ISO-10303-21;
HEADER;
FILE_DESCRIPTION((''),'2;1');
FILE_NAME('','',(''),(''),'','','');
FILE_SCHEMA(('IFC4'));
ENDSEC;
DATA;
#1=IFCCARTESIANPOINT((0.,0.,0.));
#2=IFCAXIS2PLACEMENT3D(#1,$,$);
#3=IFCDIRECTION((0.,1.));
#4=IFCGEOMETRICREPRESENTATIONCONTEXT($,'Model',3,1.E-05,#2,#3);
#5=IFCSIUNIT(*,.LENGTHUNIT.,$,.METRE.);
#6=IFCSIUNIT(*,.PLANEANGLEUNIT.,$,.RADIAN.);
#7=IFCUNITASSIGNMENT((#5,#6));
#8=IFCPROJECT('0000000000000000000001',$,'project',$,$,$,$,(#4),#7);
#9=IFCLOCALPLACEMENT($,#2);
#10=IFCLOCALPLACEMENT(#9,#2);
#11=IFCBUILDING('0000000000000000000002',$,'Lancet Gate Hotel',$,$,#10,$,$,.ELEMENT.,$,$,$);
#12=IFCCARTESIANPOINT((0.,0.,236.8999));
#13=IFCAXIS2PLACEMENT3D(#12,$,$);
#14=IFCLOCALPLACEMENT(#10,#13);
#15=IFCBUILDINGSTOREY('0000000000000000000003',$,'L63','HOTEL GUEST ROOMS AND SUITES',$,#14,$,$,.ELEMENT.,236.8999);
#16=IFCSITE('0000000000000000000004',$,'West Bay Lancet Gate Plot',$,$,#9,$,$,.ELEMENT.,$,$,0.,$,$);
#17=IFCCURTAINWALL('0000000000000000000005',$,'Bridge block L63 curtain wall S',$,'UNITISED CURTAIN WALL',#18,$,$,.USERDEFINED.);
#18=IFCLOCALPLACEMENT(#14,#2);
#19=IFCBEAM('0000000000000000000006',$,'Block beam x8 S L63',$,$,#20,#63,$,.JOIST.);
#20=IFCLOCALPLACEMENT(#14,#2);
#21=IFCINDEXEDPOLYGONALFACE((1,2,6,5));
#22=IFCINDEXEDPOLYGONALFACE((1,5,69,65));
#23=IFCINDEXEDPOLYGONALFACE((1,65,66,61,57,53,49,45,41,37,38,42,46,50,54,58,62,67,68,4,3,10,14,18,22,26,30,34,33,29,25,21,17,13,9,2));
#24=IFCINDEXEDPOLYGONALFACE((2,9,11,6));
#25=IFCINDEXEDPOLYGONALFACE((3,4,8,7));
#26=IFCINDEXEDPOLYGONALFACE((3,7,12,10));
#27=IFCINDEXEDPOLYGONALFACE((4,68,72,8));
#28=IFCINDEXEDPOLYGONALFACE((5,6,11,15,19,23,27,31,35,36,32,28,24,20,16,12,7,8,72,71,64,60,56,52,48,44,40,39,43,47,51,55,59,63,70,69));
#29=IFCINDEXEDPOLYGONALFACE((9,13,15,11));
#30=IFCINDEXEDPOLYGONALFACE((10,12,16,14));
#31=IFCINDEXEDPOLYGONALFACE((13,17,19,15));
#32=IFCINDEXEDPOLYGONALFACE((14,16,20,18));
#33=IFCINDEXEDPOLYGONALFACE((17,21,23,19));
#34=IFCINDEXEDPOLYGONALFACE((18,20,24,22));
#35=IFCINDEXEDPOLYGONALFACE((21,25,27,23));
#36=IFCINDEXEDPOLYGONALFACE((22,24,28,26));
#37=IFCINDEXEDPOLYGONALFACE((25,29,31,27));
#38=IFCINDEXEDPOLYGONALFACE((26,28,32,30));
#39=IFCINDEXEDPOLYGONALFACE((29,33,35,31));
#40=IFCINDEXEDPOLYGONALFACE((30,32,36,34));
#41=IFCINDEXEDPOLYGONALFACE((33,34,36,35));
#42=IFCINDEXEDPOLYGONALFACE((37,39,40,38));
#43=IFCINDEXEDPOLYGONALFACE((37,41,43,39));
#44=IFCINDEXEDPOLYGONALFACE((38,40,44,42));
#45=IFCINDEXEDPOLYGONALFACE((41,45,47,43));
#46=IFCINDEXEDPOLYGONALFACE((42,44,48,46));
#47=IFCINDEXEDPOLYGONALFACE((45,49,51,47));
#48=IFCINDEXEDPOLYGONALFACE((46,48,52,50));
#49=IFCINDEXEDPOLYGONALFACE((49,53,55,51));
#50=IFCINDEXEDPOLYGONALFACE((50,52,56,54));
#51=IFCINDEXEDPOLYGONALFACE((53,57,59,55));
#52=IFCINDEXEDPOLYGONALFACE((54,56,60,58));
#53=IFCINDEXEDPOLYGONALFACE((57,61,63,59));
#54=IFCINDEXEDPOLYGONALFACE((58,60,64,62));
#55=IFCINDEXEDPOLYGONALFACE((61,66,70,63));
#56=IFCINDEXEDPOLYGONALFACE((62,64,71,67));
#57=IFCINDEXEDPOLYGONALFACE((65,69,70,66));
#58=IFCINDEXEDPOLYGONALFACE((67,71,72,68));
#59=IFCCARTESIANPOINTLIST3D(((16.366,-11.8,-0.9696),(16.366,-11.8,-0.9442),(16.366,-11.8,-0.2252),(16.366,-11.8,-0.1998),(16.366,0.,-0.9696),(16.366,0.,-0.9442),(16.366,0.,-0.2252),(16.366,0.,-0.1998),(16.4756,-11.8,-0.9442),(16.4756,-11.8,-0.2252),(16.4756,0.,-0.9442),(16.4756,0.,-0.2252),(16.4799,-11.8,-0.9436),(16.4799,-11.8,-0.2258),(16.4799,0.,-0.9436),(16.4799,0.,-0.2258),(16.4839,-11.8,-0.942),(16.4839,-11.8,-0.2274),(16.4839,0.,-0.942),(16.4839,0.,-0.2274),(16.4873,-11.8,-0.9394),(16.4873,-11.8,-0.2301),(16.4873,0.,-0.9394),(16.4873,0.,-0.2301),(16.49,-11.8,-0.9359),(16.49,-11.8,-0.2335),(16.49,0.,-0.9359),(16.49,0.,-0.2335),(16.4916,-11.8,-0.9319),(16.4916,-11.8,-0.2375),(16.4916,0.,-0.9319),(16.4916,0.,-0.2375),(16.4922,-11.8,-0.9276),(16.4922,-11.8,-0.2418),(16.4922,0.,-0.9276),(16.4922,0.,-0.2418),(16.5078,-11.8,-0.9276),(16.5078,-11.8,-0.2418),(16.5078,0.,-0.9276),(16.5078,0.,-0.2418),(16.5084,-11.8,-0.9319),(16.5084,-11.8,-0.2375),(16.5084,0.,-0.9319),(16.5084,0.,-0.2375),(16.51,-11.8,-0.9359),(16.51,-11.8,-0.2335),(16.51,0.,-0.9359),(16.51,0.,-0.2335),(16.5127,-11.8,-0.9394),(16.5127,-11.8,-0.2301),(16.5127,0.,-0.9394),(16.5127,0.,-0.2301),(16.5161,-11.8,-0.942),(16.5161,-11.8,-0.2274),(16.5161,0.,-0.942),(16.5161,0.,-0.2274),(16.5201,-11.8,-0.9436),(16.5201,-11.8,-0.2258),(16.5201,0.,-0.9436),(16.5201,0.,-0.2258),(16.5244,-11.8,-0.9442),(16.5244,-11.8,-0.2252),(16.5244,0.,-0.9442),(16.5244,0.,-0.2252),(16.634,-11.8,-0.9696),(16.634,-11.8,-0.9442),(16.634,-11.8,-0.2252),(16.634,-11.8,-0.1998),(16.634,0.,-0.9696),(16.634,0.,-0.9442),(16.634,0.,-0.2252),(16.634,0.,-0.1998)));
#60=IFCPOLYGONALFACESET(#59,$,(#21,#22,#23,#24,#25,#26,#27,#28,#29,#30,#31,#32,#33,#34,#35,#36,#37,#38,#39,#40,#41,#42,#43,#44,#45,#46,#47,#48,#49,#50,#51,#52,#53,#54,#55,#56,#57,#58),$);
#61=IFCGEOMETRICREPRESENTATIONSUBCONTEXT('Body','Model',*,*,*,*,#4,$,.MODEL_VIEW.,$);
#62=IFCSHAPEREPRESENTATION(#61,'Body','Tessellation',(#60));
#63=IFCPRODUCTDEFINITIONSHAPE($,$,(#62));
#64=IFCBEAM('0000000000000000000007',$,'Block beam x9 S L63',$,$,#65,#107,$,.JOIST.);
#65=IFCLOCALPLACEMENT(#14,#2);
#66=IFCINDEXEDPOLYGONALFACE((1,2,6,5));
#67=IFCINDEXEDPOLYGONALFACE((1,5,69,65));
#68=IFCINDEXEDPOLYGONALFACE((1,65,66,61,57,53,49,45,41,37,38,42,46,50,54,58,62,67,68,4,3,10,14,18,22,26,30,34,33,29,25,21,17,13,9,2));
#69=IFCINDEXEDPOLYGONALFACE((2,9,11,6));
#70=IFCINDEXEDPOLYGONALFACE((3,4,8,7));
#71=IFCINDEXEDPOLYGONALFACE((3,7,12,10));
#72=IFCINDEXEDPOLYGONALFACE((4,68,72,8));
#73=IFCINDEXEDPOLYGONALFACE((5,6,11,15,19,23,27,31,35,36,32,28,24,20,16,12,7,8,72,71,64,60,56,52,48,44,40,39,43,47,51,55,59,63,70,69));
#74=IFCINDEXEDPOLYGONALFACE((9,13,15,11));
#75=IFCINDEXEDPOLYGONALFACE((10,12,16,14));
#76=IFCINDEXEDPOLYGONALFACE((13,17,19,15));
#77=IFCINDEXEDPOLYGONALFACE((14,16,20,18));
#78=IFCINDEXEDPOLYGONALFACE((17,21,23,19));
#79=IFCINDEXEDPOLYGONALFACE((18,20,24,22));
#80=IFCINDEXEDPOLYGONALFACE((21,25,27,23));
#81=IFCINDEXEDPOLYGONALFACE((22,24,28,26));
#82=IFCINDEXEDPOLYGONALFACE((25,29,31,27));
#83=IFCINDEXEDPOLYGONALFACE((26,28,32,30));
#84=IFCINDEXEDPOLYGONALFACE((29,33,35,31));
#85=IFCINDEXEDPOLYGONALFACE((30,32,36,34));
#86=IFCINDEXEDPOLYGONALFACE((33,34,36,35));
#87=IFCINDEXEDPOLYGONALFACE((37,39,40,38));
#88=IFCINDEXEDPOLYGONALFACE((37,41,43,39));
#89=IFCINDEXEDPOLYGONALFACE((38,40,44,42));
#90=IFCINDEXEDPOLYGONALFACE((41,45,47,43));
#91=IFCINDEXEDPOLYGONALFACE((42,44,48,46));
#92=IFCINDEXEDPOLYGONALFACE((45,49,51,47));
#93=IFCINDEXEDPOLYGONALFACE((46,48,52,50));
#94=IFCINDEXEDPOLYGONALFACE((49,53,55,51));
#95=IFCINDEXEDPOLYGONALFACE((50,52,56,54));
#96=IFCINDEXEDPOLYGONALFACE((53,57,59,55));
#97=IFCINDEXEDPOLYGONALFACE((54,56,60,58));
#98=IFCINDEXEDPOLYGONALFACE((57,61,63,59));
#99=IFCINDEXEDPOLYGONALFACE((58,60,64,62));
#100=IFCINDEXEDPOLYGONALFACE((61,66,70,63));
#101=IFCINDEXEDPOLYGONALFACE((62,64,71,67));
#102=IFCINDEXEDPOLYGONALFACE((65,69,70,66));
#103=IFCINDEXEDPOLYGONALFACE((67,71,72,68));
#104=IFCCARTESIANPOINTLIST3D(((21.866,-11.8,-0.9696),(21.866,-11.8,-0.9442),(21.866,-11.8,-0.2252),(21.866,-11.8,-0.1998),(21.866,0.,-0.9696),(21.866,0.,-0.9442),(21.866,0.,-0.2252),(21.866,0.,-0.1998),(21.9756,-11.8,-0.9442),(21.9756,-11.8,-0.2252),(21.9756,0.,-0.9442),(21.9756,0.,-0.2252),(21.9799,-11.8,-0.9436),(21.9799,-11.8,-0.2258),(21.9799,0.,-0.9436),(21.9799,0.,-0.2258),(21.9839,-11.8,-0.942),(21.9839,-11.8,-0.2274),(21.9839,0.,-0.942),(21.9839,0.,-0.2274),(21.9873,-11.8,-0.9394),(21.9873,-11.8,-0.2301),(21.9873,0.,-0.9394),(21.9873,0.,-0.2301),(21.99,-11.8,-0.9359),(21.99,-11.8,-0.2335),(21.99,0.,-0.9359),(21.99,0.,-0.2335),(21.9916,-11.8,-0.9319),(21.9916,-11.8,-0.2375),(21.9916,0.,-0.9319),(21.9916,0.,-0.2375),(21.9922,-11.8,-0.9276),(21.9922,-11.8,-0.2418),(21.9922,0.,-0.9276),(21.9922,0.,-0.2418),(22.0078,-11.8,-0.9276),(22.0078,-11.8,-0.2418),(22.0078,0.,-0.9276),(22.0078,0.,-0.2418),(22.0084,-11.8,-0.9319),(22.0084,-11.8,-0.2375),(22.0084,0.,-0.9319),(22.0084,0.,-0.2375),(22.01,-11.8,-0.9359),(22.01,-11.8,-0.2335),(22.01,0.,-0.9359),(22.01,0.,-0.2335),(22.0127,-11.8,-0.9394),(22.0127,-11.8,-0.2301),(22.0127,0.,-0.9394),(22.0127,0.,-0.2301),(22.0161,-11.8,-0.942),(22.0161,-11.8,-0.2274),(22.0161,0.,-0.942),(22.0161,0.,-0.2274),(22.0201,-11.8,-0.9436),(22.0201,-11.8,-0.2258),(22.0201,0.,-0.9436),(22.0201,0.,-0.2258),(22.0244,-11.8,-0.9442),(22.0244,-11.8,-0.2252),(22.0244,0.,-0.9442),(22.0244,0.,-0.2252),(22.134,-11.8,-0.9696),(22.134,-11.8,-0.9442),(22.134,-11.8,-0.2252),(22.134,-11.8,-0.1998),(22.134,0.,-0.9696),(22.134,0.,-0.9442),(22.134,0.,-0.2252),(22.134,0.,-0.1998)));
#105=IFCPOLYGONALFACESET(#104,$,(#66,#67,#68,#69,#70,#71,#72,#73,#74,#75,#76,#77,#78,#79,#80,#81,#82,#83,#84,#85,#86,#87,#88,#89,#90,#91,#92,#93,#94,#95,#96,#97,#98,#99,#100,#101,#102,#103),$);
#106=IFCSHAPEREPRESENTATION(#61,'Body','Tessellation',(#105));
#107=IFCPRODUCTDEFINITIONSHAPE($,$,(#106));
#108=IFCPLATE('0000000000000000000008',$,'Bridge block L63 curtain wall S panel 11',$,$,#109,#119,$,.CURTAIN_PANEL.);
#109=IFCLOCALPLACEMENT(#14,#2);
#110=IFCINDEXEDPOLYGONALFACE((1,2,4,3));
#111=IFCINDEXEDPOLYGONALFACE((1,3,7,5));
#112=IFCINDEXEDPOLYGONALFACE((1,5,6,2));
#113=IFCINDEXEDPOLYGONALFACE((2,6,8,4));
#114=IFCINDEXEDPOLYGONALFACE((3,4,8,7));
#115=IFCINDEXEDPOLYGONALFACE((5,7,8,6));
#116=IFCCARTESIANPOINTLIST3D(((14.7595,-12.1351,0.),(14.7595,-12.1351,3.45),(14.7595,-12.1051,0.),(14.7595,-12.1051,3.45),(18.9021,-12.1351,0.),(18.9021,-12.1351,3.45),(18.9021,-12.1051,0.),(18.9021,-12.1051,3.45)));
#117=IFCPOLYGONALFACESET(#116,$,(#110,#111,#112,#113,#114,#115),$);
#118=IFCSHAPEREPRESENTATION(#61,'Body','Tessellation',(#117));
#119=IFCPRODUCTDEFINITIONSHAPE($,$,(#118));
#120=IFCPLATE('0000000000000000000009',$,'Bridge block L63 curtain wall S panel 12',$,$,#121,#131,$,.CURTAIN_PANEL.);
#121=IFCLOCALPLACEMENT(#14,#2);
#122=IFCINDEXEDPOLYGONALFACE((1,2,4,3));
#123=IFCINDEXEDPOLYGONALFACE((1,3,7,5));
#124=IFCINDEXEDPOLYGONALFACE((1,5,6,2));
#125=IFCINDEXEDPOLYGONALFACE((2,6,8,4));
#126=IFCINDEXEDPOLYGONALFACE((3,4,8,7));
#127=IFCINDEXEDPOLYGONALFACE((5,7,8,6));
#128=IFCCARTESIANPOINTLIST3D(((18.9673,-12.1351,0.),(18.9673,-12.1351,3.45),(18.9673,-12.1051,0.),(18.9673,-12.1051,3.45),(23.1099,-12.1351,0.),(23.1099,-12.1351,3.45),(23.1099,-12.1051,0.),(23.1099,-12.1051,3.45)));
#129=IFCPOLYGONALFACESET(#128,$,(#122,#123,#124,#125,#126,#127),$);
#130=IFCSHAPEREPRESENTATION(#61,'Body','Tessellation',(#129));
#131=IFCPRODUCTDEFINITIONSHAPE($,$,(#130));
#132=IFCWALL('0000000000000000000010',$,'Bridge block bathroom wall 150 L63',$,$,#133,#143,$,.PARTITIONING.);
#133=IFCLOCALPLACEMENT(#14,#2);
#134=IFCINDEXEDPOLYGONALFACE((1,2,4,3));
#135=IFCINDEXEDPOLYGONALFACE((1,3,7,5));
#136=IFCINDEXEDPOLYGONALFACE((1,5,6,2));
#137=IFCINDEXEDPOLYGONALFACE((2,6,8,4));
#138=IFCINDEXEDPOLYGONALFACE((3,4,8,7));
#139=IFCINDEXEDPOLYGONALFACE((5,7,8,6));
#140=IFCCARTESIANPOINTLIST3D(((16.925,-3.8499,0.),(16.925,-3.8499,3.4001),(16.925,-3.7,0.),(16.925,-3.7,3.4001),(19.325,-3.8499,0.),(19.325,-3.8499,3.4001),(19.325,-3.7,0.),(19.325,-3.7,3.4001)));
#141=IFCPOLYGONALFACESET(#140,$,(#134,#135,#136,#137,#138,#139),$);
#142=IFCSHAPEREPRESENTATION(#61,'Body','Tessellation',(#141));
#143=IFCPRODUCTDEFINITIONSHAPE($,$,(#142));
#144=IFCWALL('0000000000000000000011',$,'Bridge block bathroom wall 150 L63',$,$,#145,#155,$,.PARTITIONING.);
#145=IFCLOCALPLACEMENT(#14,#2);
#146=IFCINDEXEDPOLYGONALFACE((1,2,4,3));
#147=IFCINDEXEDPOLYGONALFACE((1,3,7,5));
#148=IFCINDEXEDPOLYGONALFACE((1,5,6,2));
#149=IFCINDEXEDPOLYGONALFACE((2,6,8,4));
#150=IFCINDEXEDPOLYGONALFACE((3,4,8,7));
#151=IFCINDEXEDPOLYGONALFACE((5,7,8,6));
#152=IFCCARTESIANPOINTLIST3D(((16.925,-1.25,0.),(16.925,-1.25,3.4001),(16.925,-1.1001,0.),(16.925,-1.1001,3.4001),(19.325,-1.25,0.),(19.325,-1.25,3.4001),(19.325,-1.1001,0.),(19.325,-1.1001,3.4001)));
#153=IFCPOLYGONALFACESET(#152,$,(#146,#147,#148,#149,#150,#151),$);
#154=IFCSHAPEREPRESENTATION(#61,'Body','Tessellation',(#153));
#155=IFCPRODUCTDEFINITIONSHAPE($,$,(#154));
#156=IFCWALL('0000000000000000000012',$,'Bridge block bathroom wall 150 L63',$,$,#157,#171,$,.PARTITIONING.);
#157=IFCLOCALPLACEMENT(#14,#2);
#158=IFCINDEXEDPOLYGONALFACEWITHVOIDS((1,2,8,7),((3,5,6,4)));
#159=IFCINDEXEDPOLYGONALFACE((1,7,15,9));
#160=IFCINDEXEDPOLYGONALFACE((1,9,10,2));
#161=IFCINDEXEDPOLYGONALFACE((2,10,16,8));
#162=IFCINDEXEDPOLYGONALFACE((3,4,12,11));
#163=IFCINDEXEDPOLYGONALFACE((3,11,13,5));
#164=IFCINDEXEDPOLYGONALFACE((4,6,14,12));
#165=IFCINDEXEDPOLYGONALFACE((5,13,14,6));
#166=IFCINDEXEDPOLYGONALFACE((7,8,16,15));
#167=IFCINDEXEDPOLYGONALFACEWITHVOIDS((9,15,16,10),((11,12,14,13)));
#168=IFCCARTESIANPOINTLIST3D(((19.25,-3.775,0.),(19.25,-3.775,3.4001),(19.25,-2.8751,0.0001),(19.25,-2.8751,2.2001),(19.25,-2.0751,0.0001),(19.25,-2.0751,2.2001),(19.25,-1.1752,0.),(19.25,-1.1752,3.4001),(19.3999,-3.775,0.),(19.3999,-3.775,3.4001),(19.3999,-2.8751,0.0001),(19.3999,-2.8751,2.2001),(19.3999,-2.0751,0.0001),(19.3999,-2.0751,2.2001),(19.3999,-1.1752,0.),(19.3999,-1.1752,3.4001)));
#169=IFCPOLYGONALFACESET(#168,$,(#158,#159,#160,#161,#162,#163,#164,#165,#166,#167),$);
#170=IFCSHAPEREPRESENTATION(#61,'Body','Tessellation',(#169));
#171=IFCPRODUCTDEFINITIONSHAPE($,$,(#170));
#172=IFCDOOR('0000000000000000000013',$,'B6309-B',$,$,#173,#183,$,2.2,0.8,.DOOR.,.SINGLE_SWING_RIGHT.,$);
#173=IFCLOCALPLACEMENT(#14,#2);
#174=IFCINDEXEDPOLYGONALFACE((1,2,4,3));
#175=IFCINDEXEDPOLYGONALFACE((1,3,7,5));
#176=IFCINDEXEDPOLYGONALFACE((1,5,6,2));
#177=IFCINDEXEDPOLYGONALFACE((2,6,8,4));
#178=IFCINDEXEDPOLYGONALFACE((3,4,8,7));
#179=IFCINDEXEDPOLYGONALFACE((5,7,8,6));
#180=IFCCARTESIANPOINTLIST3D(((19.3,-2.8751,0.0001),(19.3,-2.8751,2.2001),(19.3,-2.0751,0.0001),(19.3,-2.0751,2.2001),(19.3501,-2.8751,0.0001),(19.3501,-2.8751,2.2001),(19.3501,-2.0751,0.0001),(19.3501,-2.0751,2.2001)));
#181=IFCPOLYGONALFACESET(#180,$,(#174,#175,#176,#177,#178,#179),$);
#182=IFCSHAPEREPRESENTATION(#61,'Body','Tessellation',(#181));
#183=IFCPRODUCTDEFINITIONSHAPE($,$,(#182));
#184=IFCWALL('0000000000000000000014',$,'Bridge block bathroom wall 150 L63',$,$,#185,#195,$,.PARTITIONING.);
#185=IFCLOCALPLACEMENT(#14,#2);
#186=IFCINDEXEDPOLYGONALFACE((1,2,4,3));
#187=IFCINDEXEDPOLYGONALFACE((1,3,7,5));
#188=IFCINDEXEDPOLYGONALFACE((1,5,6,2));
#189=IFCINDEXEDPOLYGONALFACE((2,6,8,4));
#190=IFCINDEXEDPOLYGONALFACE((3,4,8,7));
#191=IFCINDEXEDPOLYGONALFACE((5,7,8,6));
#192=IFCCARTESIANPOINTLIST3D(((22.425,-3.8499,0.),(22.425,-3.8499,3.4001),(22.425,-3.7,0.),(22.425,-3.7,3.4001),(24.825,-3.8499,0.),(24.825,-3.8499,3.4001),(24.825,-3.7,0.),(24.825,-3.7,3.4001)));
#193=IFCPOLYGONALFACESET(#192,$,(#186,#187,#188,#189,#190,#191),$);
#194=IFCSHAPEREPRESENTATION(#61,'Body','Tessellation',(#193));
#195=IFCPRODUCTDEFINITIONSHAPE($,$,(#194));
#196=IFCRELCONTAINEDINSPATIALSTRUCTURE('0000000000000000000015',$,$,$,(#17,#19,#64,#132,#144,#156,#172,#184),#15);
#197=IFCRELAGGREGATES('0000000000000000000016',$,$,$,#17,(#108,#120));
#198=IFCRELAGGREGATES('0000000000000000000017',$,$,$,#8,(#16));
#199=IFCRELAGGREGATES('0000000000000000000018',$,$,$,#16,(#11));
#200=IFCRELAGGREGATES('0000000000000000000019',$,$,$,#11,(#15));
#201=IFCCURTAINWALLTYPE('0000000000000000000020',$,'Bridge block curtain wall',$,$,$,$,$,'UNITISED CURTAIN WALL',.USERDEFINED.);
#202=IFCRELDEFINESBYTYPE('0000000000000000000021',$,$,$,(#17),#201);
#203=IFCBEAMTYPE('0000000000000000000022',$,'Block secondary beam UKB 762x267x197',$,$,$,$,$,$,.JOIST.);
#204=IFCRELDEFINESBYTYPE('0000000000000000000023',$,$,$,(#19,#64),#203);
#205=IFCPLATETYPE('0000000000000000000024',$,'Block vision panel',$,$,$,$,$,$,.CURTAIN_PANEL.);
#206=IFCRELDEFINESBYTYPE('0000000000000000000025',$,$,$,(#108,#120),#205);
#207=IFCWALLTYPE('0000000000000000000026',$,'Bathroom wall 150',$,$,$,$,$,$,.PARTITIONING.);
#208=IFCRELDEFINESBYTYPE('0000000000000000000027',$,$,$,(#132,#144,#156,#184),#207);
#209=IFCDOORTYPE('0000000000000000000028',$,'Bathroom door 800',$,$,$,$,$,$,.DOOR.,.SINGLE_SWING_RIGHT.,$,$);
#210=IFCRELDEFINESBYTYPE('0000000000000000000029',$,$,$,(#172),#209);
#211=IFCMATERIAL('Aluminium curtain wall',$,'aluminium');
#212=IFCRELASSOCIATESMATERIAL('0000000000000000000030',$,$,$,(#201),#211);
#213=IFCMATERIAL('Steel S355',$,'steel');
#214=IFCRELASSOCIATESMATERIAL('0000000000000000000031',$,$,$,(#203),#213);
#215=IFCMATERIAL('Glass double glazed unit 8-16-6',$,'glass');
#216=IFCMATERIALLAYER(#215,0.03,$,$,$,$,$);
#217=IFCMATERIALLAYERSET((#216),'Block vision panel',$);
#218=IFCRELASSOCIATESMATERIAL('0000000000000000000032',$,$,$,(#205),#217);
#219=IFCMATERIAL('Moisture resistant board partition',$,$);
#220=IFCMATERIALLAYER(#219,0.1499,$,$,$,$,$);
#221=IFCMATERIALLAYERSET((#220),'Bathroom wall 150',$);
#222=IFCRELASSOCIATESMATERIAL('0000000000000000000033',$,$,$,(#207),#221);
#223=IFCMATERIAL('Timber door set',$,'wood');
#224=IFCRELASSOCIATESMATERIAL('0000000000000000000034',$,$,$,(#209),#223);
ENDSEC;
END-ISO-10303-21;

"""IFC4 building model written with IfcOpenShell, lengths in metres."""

from ifc_helpers import new_model, si_unit, direction, frame, frame_2d, origin, origin_2d, place, context, subcontext, project, spatial, rectangle, i_section, extrude, material, layer, layer_set, material_profile, profile_set, type_object, element, fill, aggregate, save


model = new_model("IFC4")

# Units and contexts
model_context = context("Model", 3, precision=1e-05, world=origin(), true_north=direction((0.0, 1.0)))
body_context = subcontext(model_context, "Body", "Model", "MODEL_VIEW")
ifc_project = project(units=[si_unit("LENGTHUNIT", "METRE"), si_unit("PLANEANGLEUNIT", "RADIAN")], contexts=[model_context])

# Site, building, storey
site_placement = place(None, origin())
site = spatial("IfcSite", under=ifc_project, at=site_placement, Name="West Bay Lancet Gate Plot", CompositionType="ELEMENT", RefElevation=0.0)
building_placement = place(site_placement, origin())
building = spatial("IfcBuilding", under=site, at=building_placement, Name="Lancet Gate Hotel", CompositionType="ELEMENT")
storey_placement = place(building_placement, frame((0.0, 0.0, 236.8999)))
storey = spatial("IfcBuildingStorey", under=building, at=storey_placement, Name="L63", Description="HOTEL GUEST ROOMS AND SUITES", CompositionType="ELEMENT", Elevation=236.8999)

# Curtain wall
ifc_material_1 = material(Name="Aluminium curtain wall", Category="aluminium")
curtain_wall_type = type_object("IfcCurtainWallType", Name="Bridge block curtain wall", ElementType="UNITISED CURTAIN WALL", PredefinedType="USERDEFINED", material=ifc_material_1)
curtain_wall_placement = place(storey_placement, origin())
curtain_wall = element("IfcCurtainWall", 1, at=curtain_wall_placement, inside=storey, type_object=curtain_wall_type, Name="Bridge block L63 curtain wall S", ObjectType="UNITISED CURTAIN WALL", PredefinedType="USERDEFINED")

# Beams
ifc_material_2 = material(Name="Steel S355", Category="steel")
ifc_material_profile_1 = material_profile(ifc_material_2, i_section(OverallWidth=0.2681, OverallDepth=0.7698, WebThickness=0.0156, FlangeThickness=0.0254, FilletRadius=0.0166, at=origin_2d()), Name="UKB 762x267x197")
ifc_profile_set_1 = profile_set([ifc_material_profile_1], Name="Steel S355")
beam_type_1 = type_object("IfcBeamType", Name="Block secondary beam UKB 762x267x197", PredefinedType="JOIST", material=ifc_profile_set_1)
for number, where, z_axis, x_axis, name in (
    (2, (16.5, -11.8, -0.5847), (0.0, 1.0, 0.0), (-1.0, 0.0, 0.0), "Block beam x8 S L63"),
    (3, (22.0, -11.8, -0.5847), (0.0, 1.0, 0.0), (-1.0, 0.0, 0.0), "Block beam x9 S L63"),
):
    element("IfcBeam", number, at=place(storey_placement, frame(where, z_axis=z_axis, x_axis=x_axis)), inside=storey, type_object=beam_type_1, Name=name, PredefinedType="JOIST", context=body_context, shape_type="SweptSolid", body=[
        extrude(i_section(OverallWidth=0.2681, OverallDepth=0.7698, WebThickness=0.0156, FlangeThickness=0.0254, FilletRadius=0.0166, at=origin_2d()), origin(), (0.0, 0.0, 1.0), 11.8),
    ])

# Plates
ifc_material_3 = material(Name="Glass double glazed unit 8-16-6", Category="glass")
ifc_layer_1 = layer(ifc_material_3, 0.03)
ifc_layer_set_1 = layer_set([ifc_layer_1], Name="Block vision panel")
plate_type = type_object("IfcPlateType", Name="Block vision panel", PredefinedType="CURTAIN_PANEL", material=ifc_layer_set_1)
plate_1_placement = place(storey_placement, frame((16.8308, -12.1201, 0.0), z_axis=(0.0, 0.0, 1.0), x_axis=(1.0, 0.0, 0.0)))
plate_1 = element("IfcPlate", 4, at=plate_1_placement, type_object=plate_type, Name="Bridge block L63 curtain wall S panel 11", PredefinedType="CURTAIN_PANEL", context=body_context, shape_type="SweptSolid", body=[
    extrude(rectangle(XDim=4.1426, YDim=0.03, at=origin_2d()), origin(), (0.0, 0.0, 1.0), 3.45),
])
plate_2_placement = place(storey_placement, frame((21.0386, -12.1201, 0.0), z_axis=(0.0, 0.0, 1.0), x_axis=(1.0, 0.0, 0.0)))
plate_2 = element("IfcPlate", 5, at=plate_2_placement, type_object=plate_type, Name="Bridge block L63 curtain wall S panel 12", PredefinedType="CURTAIN_PANEL", context=body_context, shape_type="SweptSolid", body=[
    extrude(rectangle(XDim=4.1426, YDim=0.03, at=origin_2d()), origin(), (0.0, 0.0, 1.0), 3.45),
])
aggregate(curtain_wall, [plate_1, plate_2])

# Walls
ifc_material_4 = material(Name="Moisture resistant board partition")
ifc_layer_2 = layer(ifc_material_4, 0.1499)
ifc_layer_set_2 = layer_set([ifc_layer_2], Name="Bathroom wall 150")
wall_type_1 = type_object("IfcWallType", Name="Bathroom wall 150", PredefinedType="PARTITIONING", material=ifc_layer_set_2)
for number, where, z_axis, x_axis, name in (
    (6, (16.925, -3.7749, 0.0), (0.0, 0.0, 1.0), (1.0, 0.0, 0.0), "Bridge block bathroom wall 150 L63"),
    (7, (16.925, -1.175, 0.0), (0.0, 0.0, 1.0), (1.0, 0.0, 0.0), "Bridge block bathroom wall 150 L63"),
):
    element("IfcWall", number, at=place(storey_placement, frame(where, z_axis=z_axis, x_axis=x_axis)), inside=storey, type_object=wall_type_1, Name=name, PredefinedType="PARTITIONING", context=body_context, shape_type="SweptSolid", body=[
        extrude(rectangle(XDim=2.3999, YDim=0.1499, at=frame_2d((1.2, 0.0))), origin(), (0.0, 0.0, 1.0), 3.4001),
    ])

# Wall, opening, door
wall_1_placement = place(storey_placement, frame((19.325, -3.7749, 0.0), z_axis=(0.0, 0.0, 1.0), x_axis=(0.0, 1.0, 0.0)))
wall_1 = element("IfcWall", 8, at=wall_1_placement, inside=storey, type_object=wall_type_1, Name="Bridge block bathroom wall 150 L63", PredefinedType="PARTITIONING", context=body_context, shape_type="SweptSolid", body=[
    extrude(rectangle(XDim=2.5999, YDim=0.1499, at=frame_2d((1.2998, 0.0))), origin(), (0.0, 0.0, 1.0), 3.4001),
])
opening_placement = place(wall_1_placement, frame((0.8999, 0.0, 0.0)))
opening = element("IfcOpeningElement", 9, at=opening_placement, cuts=wall_1, PredefinedType="OPENING", context=body_context, shape_type="SweptSolid", body=[
    extrude(rectangle(XDim=0.8, YDim=2.2, at=frame_2d((0.3999, 1.1001))), frame((0.0, 0.085, 0.0), z_axis=(0.0, -1.0, 0.0), x_axis=(1.0, 0.0, 0.0)), (0.0, 0.0, 1.0), 0.1699),
])
ifc_material_5 = material(Name="Timber door set", Category="wood")
door_type = type_object("IfcDoorType", Name="Bathroom door 800", OperationType="SINGLE_SWING_RIGHT", PredefinedType="DOOR", material=ifc_material_5)
door_placement = place(opening_placement, origin())
door = element("IfcDoor", 10, at=door_placement, inside=storey, type_object=door_type, Name="B6309-B", OperationType="SINGLE_SWING_RIGHT", OverallHeight=2.2, OverallWidth=0.8, PredefinedType="DOOR", context=body_context, shape_type="SweptSolid", body=[
    extrude(rectangle(XDim=0.8, YDim=2.2, at=frame_2d((0.3999, 1.1001))), frame((0.0, 0.0249, 0.0), z_axis=(0.0, -1.0, 0.0), x_axis=(1.0, 0.0, 0.0)), (0.0, 0.0, 1.0), 0.05),
])
fill(opening, door)

# Wall
wall_2_placement = place(storey_placement, frame((22.425, -3.7749, 0.0), z_axis=(0.0, 0.0, 1.0), x_axis=(1.0, 0.0, 0.0)))
element("IfcWall", 11, at=wall_2_placement, inside=storey, type_object=wall_type_1, Name="Bridge block bathroom wall 150 L63", PredefinedType="PARTITIONING", context=body_context, shape_type="SweptSolid", body=[
    extrude(rectangle(XDim=2.3999, YDim=0.1499, at=frame_2d((1.2, 0.0))), origin(), (0.0, 0.0, 1.0), 3.4001),
])

save(model, "model.ifc")
